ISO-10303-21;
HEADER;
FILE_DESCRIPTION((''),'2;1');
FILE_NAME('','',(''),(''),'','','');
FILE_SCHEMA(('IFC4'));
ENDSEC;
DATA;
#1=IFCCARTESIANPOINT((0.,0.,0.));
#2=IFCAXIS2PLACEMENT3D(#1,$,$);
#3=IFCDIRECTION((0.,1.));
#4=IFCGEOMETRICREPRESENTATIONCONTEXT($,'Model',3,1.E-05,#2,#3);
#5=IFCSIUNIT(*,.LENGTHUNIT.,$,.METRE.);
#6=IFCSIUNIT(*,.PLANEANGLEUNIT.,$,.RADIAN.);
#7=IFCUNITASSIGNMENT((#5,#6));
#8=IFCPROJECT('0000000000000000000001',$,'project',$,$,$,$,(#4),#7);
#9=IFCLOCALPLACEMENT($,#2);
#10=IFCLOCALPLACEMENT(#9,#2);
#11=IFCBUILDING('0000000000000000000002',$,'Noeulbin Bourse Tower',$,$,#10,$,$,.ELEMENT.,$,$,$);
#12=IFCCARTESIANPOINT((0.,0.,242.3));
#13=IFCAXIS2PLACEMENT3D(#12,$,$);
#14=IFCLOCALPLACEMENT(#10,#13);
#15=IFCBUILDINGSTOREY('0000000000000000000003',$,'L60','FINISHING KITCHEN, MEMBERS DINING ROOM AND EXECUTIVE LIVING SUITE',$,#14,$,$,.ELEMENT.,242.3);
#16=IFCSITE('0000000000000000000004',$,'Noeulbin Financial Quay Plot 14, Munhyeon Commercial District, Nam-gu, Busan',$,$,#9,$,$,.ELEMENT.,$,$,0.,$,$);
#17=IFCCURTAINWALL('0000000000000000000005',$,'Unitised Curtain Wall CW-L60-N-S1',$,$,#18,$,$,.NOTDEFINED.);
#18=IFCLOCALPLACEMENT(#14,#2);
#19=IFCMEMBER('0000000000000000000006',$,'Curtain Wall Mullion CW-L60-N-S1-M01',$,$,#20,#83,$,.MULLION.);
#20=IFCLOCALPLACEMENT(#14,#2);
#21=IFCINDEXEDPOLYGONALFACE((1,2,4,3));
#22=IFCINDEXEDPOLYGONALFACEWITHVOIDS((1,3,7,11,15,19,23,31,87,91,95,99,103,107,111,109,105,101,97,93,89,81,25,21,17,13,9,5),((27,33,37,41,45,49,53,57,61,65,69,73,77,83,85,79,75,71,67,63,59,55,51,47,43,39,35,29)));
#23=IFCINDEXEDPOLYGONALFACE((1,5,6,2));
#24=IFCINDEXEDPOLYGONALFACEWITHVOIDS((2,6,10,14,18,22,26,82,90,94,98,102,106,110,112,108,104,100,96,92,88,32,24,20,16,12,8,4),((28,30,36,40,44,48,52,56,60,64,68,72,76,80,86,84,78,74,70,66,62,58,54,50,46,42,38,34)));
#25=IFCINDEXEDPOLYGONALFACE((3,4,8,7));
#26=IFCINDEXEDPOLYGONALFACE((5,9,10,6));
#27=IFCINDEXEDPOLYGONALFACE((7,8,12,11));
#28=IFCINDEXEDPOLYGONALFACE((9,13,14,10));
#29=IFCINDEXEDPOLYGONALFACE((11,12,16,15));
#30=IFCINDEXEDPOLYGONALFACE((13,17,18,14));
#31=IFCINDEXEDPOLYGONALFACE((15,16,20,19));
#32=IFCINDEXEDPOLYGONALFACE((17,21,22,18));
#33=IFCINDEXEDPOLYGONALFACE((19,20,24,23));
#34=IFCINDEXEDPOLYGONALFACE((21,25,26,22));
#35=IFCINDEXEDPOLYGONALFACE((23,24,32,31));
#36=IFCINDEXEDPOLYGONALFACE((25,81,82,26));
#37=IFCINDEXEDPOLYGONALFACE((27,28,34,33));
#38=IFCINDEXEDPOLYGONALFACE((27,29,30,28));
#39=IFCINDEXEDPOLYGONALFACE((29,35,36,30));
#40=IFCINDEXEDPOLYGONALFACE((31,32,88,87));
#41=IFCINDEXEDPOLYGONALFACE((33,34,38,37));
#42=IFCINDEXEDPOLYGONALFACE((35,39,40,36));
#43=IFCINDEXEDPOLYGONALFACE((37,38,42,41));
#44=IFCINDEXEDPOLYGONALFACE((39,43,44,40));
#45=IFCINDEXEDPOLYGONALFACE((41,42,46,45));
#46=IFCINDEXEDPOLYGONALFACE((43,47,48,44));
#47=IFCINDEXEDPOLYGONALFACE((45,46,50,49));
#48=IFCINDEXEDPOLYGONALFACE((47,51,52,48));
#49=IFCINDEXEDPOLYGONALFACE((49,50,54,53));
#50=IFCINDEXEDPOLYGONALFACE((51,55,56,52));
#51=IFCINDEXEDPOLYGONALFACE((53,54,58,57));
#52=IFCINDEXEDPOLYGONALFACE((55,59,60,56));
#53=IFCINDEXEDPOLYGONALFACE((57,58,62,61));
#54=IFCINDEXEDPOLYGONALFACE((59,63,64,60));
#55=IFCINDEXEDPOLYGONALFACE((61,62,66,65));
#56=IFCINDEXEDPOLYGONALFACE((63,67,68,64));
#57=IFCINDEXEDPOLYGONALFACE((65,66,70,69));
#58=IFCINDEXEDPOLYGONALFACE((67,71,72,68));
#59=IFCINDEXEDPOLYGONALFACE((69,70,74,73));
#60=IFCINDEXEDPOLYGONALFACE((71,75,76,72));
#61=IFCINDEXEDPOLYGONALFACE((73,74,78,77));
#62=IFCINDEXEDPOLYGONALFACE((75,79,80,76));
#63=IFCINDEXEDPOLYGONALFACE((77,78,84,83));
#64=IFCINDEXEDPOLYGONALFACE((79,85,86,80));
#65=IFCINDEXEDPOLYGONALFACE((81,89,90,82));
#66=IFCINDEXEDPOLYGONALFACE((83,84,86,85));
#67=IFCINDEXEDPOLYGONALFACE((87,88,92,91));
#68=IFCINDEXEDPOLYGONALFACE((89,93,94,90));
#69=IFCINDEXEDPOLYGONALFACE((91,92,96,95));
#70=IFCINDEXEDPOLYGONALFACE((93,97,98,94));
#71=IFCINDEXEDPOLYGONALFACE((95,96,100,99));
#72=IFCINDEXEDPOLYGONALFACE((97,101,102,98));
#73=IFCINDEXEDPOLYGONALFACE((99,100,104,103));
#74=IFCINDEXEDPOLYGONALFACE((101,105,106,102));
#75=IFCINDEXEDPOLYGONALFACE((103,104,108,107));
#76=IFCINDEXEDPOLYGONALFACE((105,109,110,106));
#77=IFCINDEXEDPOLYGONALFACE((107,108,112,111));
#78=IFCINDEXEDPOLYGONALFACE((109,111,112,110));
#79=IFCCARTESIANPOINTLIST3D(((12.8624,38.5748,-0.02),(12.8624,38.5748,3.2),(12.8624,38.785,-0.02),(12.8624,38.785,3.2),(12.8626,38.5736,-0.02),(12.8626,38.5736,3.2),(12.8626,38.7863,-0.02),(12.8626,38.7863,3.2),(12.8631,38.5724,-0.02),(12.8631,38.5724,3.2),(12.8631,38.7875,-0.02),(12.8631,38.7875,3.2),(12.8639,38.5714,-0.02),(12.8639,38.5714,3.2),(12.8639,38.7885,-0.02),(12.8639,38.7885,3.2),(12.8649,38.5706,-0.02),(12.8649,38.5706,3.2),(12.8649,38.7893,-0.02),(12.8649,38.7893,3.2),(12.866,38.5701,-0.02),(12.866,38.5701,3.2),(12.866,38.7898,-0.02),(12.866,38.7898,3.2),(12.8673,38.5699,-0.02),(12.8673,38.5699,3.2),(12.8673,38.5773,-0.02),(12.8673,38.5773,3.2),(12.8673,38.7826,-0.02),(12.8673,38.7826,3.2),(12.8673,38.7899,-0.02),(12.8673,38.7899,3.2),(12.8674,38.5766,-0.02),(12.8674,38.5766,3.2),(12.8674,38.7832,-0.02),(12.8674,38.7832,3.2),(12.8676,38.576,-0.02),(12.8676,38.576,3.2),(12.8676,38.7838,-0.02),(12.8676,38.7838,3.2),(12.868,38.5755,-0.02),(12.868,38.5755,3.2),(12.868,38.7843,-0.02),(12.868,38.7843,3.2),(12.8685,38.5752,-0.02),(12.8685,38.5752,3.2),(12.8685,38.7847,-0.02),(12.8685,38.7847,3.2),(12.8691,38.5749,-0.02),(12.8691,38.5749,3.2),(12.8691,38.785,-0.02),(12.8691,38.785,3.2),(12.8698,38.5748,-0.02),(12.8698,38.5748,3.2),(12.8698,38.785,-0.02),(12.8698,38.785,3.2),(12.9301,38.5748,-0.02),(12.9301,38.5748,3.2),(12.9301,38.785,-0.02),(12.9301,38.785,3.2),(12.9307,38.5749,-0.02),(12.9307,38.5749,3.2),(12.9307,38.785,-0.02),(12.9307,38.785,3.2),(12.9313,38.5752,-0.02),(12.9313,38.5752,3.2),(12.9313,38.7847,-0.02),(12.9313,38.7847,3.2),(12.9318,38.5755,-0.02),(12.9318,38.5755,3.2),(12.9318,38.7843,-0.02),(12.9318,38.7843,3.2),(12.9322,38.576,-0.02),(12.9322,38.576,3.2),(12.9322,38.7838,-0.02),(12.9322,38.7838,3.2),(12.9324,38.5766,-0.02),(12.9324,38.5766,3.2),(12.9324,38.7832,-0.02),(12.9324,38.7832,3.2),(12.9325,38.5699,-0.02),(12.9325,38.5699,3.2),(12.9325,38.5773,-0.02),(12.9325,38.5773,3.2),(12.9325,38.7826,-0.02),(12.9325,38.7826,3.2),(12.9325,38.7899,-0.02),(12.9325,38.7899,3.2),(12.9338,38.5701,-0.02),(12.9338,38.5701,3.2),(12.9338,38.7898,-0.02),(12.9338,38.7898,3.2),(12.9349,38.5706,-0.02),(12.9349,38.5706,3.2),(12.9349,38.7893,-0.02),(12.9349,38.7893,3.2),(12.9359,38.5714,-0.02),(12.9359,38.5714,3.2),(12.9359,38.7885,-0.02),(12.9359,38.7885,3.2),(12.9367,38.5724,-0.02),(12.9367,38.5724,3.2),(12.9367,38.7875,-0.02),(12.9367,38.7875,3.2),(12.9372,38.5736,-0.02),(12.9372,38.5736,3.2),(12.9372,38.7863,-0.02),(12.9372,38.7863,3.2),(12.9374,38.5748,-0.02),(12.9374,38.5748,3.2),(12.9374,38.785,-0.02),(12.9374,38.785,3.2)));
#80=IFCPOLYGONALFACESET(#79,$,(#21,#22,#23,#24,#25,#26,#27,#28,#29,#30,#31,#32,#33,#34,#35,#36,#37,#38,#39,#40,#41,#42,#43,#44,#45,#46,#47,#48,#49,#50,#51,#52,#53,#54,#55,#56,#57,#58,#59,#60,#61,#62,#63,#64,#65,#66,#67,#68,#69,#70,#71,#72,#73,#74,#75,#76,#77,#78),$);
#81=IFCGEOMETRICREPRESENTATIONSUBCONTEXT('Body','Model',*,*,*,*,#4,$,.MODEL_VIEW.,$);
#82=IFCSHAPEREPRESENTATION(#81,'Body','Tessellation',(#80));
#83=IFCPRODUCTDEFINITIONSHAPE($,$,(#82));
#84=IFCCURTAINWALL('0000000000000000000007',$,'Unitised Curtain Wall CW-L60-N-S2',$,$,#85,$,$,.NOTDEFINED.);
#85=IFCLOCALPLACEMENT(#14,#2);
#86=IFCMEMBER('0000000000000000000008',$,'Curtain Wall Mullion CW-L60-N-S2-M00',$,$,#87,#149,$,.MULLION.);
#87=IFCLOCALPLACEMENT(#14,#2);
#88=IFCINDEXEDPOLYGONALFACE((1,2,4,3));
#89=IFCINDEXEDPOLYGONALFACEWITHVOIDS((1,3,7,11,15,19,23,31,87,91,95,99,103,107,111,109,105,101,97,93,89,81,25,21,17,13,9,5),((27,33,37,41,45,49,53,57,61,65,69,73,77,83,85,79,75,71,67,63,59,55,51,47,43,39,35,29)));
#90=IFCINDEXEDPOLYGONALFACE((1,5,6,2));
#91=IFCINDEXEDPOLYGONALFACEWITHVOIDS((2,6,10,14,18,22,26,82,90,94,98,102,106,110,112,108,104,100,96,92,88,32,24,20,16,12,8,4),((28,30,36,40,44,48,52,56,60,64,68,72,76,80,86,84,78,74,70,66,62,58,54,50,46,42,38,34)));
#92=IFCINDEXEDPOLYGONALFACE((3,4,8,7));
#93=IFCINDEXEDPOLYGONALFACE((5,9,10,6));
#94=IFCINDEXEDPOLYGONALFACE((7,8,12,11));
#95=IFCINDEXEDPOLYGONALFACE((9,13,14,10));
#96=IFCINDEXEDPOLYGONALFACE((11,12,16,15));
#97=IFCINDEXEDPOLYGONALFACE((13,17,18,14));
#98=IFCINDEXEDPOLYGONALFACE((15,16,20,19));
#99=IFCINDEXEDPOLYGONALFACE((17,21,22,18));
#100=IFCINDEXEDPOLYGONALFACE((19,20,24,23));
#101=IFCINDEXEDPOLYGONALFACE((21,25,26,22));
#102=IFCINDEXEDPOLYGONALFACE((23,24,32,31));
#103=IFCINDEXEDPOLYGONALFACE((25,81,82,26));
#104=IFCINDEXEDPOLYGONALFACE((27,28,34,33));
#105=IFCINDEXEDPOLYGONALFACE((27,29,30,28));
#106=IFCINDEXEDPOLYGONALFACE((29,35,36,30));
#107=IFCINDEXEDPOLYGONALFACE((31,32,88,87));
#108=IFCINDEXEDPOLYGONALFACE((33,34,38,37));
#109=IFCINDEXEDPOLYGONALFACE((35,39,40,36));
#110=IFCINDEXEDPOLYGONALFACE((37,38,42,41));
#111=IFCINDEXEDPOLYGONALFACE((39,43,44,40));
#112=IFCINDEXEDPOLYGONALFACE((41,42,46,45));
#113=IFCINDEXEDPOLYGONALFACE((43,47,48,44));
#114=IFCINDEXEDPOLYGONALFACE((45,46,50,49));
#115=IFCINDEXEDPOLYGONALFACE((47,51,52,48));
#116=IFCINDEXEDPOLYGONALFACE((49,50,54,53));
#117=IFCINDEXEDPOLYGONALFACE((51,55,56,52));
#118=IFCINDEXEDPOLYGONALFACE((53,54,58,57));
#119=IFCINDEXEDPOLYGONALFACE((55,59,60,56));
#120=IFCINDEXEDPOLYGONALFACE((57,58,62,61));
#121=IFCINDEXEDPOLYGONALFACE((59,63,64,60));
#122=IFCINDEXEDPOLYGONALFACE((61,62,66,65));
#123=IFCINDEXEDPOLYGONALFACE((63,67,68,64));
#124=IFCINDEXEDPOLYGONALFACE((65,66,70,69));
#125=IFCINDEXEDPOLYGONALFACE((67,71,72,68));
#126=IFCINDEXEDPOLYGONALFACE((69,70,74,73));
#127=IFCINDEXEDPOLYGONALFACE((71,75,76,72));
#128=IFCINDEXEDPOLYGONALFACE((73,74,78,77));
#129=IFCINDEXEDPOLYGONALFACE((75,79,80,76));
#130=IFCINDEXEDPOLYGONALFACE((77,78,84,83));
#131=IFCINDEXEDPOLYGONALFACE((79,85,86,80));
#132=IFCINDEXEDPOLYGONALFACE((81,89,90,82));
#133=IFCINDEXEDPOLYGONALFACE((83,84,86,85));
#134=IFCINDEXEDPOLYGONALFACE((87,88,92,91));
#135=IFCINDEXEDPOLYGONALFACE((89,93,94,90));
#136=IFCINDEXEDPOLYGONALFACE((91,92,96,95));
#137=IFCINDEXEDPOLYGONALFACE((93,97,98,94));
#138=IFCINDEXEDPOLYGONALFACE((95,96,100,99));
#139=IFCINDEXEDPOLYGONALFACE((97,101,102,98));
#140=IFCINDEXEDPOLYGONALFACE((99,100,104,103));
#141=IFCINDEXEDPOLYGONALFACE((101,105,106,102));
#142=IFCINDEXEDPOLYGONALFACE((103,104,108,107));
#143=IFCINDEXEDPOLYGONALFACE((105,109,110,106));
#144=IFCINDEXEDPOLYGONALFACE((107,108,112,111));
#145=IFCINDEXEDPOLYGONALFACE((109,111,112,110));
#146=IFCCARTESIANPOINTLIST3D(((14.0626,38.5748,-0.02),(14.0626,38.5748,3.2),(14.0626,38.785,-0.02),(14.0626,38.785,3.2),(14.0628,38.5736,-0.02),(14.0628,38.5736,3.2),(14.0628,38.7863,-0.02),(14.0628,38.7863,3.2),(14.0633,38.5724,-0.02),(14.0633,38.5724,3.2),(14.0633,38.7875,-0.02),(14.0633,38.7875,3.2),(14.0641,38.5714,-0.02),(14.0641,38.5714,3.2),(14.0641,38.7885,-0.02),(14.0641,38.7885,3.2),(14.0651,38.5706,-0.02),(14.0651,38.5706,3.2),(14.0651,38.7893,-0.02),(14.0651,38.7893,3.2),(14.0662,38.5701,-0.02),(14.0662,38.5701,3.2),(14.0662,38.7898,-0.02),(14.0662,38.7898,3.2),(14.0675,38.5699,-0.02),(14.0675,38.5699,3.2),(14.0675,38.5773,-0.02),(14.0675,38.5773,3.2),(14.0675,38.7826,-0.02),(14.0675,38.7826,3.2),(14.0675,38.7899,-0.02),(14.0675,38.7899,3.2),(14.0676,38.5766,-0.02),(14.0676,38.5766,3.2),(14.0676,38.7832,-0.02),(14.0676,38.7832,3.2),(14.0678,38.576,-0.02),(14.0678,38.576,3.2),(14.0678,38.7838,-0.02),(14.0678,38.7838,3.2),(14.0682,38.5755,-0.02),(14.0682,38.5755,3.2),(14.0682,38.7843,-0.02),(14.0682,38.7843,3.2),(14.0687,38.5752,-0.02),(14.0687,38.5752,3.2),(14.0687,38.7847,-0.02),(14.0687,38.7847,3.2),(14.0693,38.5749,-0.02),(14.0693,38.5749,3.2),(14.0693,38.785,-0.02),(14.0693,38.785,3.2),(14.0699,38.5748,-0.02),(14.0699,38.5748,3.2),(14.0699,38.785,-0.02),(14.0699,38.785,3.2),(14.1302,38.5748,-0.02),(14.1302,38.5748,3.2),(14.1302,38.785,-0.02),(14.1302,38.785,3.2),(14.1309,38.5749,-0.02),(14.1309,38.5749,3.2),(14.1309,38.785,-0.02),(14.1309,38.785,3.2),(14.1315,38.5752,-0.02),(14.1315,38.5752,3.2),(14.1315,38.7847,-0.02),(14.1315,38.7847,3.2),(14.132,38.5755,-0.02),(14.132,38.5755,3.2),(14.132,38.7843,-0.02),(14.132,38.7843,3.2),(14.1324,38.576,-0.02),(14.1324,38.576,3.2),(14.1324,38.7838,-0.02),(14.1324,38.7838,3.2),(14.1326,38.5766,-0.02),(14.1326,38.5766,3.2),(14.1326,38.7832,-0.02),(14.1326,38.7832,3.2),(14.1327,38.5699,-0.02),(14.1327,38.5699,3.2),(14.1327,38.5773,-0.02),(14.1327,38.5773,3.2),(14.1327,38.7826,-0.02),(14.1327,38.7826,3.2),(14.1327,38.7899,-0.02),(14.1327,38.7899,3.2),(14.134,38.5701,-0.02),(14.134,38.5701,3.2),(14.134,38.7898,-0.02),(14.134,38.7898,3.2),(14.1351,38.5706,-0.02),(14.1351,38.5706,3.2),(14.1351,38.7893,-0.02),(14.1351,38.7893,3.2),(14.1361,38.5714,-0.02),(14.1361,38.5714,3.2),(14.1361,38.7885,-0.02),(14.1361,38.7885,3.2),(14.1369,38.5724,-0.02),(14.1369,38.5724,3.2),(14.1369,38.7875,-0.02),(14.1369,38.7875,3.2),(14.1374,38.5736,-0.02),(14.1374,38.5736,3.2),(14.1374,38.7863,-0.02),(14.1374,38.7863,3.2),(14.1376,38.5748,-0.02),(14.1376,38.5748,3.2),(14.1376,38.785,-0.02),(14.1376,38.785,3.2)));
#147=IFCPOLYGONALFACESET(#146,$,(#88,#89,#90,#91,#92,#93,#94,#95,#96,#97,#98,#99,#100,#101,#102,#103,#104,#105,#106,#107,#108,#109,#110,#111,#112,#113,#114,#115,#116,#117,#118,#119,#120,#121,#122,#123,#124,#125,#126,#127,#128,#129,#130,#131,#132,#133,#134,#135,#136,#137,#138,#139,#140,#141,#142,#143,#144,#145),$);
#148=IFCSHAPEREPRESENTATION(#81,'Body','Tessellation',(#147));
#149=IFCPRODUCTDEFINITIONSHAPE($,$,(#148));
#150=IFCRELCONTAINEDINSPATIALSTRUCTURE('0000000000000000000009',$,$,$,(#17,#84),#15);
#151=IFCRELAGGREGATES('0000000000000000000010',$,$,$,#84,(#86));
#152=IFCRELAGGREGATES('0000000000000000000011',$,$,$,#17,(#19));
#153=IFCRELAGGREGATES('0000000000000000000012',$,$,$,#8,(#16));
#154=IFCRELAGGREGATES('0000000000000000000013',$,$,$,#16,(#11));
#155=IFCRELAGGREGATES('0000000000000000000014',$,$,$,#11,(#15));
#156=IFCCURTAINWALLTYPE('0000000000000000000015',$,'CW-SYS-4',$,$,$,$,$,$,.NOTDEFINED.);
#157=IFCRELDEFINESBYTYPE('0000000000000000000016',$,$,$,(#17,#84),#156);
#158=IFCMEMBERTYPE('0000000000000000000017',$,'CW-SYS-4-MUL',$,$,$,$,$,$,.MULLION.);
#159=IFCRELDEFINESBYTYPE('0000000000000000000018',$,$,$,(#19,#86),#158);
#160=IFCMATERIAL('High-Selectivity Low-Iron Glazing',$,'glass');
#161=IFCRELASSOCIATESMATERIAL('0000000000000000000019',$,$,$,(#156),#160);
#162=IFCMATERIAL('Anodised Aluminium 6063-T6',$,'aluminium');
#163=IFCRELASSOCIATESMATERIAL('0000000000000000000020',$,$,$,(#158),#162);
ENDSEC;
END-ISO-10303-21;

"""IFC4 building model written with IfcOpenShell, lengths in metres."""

from ifc_helpers import new_model, si_unit, direction, frame, origin, origin_2d, place, context, subcontext, project, spatial, hollow_rectangle, extrude, material, material_profile, profile_set, type_object, element, aggregate, save


model = new_model("IFC4")

# Units and contexts
model_context = context("Model", 3, precision=1e-05, world=origin(), true_north=direction((0.0, 1.0)))
body_context = subcontext(model_context, "Body", "Model", "MODEL_VIEW")
ifc_project = project(units=[si_unit("LENGTHUNIT", "METRE"), si_unit("PLANEANGLEUNIT", "RADIAN")], contexts=[model_context])

# Site, building, storey
site_placement = place(None, origin())
site = spatial("IfcSite", under=ifc_project, at=site_placement, Name="Noeulbin Financial Quay Plot 14, Munhyeon Commercial District, Nam-gu, Busan", CompositionType="ELEMENT", RefElevation=0.0)
building_placement = place(site_placement, origin())
building = spatial("IfcBuilding", under=site, at=building_placement, Name="Noeulbin Bourse Tower", CompositionType="ELEMENT")
storey_placement = place(building_placement, frame((0.0, 0.0, 242.3)))
storey = spatial("IfcBuildingStorey", under=building, at=storey_placement, Name="L60", Description="FINISHING KITCHEN, MEMBERS DINING ROOM AND EXECUTIVE LIVING SUITE", CompositionType="ELEMENT", Elevation=242.3)

# Curtain wall, member
ifc_material_1 = material(Name="High-Selectivity Low-Iron Glazing", Category="glass")
curtain_wall_type = type_object("IfcCurtainWallType", Name="CW-SYS-4", PredefinedType="NOTDEFINED", material=ifc_material_1)
curtain_wall_1_placement = place(storey_placement, origin())
curtain_wall_1 = element("IfcCurtainWall", 1, at=curtain_wall_1_placement, inside=storey, type_object=curtain_wall_type, Name="Unitised Curtain Wall CW-L60-N-S1", PredefinedType="NOTDEFINED")
ifc_material_2 = material(Name="Anodised Aluminium 6063-T6", Category="aluminium")
ifc_material_profile_1 = material_profile(ifc_material_2, hollow_rectangle(XDim=0.075, YDim=0.22, WallThickness=0.0049, InnerFilletRadius=0.0024, OuterFilletRadius=0.0049, at=origin_2d()), Name="ALU-MULL-75x220x5", Category="LoadBearing")
ifc_profile_set_1 = profile_set([ifc_material_profile_1], Name="Anodised Aluminium 6063-T6")
member_type_1 = type_object("IfcMemberType", Name="CW-SYS-4-MUL", PredefinedType="MULLION", material=ifc_profile_set_1)
member_1_placement = place(storey_placement, frame((12.8999, 38.6799, -0.02), z_axis=(0.0, 0.0, 1.0), x_axis=(1.0, 0.0, 0.0)))
member_1 = element("IfcMember", 2, at=member_1_placement, type_object=member_type_1, Name="Curtain Wall Mullion CW-L60-N-S1-M01", PredefinedType="MULLION", context=body_context, shape_type="SweptSolid", body=[
    extrude(hollow_rectangle(XDim=0.075, YDim=0.22, WallThickness=0.0049, InnerFilletRadius=0.0024, OuterFilletRadius=0.0049, at=origin_2d()), origin(), (0.0, 0.0, 1.0), 3.22),
])

# Curtain wall, member
curtain_wall_2_placement = place(storey_placement, origin())
curtain_wall_2 = element("IfcCurtainWall", 3, at=curtain_wall_2_placement, inside=storey, type_object=curtain_wall_type, Name="Unitised Curtain Wall CW-L60-N-S2", PredefinedType="NOTDEFINED")
member_2_placement = place(storey_placement, frame((14.1001, 38.6799, -0.02), z_axis=(0.0, 0.0, 1.0), x_axis=(1.0, 0.0, 0.0)))
member_2 = element("IfcMember", 4, at=member_2_placement, type_object=member_type_1, Name="Curtain Wall Mullion CW-L60-N-S2-M00", PredefinedType="MULLION", context=body_context, shape_type="SweptSolid", body=[
    extrude(hollow_rectangle(XDim=0.075, YDim=0.22, WallThickness=0.0049, InnerFilletRadius=0.0024, OuterFilletRadius=0.0049, at=origin_2d()), origin(), (0.0, 0.0, 1.0), 3.22),
])
aggregate(curtain_wall_2, [member_2])

aggregate(curtain_wall_1, [member_1])

save(model, "model.ifc")
